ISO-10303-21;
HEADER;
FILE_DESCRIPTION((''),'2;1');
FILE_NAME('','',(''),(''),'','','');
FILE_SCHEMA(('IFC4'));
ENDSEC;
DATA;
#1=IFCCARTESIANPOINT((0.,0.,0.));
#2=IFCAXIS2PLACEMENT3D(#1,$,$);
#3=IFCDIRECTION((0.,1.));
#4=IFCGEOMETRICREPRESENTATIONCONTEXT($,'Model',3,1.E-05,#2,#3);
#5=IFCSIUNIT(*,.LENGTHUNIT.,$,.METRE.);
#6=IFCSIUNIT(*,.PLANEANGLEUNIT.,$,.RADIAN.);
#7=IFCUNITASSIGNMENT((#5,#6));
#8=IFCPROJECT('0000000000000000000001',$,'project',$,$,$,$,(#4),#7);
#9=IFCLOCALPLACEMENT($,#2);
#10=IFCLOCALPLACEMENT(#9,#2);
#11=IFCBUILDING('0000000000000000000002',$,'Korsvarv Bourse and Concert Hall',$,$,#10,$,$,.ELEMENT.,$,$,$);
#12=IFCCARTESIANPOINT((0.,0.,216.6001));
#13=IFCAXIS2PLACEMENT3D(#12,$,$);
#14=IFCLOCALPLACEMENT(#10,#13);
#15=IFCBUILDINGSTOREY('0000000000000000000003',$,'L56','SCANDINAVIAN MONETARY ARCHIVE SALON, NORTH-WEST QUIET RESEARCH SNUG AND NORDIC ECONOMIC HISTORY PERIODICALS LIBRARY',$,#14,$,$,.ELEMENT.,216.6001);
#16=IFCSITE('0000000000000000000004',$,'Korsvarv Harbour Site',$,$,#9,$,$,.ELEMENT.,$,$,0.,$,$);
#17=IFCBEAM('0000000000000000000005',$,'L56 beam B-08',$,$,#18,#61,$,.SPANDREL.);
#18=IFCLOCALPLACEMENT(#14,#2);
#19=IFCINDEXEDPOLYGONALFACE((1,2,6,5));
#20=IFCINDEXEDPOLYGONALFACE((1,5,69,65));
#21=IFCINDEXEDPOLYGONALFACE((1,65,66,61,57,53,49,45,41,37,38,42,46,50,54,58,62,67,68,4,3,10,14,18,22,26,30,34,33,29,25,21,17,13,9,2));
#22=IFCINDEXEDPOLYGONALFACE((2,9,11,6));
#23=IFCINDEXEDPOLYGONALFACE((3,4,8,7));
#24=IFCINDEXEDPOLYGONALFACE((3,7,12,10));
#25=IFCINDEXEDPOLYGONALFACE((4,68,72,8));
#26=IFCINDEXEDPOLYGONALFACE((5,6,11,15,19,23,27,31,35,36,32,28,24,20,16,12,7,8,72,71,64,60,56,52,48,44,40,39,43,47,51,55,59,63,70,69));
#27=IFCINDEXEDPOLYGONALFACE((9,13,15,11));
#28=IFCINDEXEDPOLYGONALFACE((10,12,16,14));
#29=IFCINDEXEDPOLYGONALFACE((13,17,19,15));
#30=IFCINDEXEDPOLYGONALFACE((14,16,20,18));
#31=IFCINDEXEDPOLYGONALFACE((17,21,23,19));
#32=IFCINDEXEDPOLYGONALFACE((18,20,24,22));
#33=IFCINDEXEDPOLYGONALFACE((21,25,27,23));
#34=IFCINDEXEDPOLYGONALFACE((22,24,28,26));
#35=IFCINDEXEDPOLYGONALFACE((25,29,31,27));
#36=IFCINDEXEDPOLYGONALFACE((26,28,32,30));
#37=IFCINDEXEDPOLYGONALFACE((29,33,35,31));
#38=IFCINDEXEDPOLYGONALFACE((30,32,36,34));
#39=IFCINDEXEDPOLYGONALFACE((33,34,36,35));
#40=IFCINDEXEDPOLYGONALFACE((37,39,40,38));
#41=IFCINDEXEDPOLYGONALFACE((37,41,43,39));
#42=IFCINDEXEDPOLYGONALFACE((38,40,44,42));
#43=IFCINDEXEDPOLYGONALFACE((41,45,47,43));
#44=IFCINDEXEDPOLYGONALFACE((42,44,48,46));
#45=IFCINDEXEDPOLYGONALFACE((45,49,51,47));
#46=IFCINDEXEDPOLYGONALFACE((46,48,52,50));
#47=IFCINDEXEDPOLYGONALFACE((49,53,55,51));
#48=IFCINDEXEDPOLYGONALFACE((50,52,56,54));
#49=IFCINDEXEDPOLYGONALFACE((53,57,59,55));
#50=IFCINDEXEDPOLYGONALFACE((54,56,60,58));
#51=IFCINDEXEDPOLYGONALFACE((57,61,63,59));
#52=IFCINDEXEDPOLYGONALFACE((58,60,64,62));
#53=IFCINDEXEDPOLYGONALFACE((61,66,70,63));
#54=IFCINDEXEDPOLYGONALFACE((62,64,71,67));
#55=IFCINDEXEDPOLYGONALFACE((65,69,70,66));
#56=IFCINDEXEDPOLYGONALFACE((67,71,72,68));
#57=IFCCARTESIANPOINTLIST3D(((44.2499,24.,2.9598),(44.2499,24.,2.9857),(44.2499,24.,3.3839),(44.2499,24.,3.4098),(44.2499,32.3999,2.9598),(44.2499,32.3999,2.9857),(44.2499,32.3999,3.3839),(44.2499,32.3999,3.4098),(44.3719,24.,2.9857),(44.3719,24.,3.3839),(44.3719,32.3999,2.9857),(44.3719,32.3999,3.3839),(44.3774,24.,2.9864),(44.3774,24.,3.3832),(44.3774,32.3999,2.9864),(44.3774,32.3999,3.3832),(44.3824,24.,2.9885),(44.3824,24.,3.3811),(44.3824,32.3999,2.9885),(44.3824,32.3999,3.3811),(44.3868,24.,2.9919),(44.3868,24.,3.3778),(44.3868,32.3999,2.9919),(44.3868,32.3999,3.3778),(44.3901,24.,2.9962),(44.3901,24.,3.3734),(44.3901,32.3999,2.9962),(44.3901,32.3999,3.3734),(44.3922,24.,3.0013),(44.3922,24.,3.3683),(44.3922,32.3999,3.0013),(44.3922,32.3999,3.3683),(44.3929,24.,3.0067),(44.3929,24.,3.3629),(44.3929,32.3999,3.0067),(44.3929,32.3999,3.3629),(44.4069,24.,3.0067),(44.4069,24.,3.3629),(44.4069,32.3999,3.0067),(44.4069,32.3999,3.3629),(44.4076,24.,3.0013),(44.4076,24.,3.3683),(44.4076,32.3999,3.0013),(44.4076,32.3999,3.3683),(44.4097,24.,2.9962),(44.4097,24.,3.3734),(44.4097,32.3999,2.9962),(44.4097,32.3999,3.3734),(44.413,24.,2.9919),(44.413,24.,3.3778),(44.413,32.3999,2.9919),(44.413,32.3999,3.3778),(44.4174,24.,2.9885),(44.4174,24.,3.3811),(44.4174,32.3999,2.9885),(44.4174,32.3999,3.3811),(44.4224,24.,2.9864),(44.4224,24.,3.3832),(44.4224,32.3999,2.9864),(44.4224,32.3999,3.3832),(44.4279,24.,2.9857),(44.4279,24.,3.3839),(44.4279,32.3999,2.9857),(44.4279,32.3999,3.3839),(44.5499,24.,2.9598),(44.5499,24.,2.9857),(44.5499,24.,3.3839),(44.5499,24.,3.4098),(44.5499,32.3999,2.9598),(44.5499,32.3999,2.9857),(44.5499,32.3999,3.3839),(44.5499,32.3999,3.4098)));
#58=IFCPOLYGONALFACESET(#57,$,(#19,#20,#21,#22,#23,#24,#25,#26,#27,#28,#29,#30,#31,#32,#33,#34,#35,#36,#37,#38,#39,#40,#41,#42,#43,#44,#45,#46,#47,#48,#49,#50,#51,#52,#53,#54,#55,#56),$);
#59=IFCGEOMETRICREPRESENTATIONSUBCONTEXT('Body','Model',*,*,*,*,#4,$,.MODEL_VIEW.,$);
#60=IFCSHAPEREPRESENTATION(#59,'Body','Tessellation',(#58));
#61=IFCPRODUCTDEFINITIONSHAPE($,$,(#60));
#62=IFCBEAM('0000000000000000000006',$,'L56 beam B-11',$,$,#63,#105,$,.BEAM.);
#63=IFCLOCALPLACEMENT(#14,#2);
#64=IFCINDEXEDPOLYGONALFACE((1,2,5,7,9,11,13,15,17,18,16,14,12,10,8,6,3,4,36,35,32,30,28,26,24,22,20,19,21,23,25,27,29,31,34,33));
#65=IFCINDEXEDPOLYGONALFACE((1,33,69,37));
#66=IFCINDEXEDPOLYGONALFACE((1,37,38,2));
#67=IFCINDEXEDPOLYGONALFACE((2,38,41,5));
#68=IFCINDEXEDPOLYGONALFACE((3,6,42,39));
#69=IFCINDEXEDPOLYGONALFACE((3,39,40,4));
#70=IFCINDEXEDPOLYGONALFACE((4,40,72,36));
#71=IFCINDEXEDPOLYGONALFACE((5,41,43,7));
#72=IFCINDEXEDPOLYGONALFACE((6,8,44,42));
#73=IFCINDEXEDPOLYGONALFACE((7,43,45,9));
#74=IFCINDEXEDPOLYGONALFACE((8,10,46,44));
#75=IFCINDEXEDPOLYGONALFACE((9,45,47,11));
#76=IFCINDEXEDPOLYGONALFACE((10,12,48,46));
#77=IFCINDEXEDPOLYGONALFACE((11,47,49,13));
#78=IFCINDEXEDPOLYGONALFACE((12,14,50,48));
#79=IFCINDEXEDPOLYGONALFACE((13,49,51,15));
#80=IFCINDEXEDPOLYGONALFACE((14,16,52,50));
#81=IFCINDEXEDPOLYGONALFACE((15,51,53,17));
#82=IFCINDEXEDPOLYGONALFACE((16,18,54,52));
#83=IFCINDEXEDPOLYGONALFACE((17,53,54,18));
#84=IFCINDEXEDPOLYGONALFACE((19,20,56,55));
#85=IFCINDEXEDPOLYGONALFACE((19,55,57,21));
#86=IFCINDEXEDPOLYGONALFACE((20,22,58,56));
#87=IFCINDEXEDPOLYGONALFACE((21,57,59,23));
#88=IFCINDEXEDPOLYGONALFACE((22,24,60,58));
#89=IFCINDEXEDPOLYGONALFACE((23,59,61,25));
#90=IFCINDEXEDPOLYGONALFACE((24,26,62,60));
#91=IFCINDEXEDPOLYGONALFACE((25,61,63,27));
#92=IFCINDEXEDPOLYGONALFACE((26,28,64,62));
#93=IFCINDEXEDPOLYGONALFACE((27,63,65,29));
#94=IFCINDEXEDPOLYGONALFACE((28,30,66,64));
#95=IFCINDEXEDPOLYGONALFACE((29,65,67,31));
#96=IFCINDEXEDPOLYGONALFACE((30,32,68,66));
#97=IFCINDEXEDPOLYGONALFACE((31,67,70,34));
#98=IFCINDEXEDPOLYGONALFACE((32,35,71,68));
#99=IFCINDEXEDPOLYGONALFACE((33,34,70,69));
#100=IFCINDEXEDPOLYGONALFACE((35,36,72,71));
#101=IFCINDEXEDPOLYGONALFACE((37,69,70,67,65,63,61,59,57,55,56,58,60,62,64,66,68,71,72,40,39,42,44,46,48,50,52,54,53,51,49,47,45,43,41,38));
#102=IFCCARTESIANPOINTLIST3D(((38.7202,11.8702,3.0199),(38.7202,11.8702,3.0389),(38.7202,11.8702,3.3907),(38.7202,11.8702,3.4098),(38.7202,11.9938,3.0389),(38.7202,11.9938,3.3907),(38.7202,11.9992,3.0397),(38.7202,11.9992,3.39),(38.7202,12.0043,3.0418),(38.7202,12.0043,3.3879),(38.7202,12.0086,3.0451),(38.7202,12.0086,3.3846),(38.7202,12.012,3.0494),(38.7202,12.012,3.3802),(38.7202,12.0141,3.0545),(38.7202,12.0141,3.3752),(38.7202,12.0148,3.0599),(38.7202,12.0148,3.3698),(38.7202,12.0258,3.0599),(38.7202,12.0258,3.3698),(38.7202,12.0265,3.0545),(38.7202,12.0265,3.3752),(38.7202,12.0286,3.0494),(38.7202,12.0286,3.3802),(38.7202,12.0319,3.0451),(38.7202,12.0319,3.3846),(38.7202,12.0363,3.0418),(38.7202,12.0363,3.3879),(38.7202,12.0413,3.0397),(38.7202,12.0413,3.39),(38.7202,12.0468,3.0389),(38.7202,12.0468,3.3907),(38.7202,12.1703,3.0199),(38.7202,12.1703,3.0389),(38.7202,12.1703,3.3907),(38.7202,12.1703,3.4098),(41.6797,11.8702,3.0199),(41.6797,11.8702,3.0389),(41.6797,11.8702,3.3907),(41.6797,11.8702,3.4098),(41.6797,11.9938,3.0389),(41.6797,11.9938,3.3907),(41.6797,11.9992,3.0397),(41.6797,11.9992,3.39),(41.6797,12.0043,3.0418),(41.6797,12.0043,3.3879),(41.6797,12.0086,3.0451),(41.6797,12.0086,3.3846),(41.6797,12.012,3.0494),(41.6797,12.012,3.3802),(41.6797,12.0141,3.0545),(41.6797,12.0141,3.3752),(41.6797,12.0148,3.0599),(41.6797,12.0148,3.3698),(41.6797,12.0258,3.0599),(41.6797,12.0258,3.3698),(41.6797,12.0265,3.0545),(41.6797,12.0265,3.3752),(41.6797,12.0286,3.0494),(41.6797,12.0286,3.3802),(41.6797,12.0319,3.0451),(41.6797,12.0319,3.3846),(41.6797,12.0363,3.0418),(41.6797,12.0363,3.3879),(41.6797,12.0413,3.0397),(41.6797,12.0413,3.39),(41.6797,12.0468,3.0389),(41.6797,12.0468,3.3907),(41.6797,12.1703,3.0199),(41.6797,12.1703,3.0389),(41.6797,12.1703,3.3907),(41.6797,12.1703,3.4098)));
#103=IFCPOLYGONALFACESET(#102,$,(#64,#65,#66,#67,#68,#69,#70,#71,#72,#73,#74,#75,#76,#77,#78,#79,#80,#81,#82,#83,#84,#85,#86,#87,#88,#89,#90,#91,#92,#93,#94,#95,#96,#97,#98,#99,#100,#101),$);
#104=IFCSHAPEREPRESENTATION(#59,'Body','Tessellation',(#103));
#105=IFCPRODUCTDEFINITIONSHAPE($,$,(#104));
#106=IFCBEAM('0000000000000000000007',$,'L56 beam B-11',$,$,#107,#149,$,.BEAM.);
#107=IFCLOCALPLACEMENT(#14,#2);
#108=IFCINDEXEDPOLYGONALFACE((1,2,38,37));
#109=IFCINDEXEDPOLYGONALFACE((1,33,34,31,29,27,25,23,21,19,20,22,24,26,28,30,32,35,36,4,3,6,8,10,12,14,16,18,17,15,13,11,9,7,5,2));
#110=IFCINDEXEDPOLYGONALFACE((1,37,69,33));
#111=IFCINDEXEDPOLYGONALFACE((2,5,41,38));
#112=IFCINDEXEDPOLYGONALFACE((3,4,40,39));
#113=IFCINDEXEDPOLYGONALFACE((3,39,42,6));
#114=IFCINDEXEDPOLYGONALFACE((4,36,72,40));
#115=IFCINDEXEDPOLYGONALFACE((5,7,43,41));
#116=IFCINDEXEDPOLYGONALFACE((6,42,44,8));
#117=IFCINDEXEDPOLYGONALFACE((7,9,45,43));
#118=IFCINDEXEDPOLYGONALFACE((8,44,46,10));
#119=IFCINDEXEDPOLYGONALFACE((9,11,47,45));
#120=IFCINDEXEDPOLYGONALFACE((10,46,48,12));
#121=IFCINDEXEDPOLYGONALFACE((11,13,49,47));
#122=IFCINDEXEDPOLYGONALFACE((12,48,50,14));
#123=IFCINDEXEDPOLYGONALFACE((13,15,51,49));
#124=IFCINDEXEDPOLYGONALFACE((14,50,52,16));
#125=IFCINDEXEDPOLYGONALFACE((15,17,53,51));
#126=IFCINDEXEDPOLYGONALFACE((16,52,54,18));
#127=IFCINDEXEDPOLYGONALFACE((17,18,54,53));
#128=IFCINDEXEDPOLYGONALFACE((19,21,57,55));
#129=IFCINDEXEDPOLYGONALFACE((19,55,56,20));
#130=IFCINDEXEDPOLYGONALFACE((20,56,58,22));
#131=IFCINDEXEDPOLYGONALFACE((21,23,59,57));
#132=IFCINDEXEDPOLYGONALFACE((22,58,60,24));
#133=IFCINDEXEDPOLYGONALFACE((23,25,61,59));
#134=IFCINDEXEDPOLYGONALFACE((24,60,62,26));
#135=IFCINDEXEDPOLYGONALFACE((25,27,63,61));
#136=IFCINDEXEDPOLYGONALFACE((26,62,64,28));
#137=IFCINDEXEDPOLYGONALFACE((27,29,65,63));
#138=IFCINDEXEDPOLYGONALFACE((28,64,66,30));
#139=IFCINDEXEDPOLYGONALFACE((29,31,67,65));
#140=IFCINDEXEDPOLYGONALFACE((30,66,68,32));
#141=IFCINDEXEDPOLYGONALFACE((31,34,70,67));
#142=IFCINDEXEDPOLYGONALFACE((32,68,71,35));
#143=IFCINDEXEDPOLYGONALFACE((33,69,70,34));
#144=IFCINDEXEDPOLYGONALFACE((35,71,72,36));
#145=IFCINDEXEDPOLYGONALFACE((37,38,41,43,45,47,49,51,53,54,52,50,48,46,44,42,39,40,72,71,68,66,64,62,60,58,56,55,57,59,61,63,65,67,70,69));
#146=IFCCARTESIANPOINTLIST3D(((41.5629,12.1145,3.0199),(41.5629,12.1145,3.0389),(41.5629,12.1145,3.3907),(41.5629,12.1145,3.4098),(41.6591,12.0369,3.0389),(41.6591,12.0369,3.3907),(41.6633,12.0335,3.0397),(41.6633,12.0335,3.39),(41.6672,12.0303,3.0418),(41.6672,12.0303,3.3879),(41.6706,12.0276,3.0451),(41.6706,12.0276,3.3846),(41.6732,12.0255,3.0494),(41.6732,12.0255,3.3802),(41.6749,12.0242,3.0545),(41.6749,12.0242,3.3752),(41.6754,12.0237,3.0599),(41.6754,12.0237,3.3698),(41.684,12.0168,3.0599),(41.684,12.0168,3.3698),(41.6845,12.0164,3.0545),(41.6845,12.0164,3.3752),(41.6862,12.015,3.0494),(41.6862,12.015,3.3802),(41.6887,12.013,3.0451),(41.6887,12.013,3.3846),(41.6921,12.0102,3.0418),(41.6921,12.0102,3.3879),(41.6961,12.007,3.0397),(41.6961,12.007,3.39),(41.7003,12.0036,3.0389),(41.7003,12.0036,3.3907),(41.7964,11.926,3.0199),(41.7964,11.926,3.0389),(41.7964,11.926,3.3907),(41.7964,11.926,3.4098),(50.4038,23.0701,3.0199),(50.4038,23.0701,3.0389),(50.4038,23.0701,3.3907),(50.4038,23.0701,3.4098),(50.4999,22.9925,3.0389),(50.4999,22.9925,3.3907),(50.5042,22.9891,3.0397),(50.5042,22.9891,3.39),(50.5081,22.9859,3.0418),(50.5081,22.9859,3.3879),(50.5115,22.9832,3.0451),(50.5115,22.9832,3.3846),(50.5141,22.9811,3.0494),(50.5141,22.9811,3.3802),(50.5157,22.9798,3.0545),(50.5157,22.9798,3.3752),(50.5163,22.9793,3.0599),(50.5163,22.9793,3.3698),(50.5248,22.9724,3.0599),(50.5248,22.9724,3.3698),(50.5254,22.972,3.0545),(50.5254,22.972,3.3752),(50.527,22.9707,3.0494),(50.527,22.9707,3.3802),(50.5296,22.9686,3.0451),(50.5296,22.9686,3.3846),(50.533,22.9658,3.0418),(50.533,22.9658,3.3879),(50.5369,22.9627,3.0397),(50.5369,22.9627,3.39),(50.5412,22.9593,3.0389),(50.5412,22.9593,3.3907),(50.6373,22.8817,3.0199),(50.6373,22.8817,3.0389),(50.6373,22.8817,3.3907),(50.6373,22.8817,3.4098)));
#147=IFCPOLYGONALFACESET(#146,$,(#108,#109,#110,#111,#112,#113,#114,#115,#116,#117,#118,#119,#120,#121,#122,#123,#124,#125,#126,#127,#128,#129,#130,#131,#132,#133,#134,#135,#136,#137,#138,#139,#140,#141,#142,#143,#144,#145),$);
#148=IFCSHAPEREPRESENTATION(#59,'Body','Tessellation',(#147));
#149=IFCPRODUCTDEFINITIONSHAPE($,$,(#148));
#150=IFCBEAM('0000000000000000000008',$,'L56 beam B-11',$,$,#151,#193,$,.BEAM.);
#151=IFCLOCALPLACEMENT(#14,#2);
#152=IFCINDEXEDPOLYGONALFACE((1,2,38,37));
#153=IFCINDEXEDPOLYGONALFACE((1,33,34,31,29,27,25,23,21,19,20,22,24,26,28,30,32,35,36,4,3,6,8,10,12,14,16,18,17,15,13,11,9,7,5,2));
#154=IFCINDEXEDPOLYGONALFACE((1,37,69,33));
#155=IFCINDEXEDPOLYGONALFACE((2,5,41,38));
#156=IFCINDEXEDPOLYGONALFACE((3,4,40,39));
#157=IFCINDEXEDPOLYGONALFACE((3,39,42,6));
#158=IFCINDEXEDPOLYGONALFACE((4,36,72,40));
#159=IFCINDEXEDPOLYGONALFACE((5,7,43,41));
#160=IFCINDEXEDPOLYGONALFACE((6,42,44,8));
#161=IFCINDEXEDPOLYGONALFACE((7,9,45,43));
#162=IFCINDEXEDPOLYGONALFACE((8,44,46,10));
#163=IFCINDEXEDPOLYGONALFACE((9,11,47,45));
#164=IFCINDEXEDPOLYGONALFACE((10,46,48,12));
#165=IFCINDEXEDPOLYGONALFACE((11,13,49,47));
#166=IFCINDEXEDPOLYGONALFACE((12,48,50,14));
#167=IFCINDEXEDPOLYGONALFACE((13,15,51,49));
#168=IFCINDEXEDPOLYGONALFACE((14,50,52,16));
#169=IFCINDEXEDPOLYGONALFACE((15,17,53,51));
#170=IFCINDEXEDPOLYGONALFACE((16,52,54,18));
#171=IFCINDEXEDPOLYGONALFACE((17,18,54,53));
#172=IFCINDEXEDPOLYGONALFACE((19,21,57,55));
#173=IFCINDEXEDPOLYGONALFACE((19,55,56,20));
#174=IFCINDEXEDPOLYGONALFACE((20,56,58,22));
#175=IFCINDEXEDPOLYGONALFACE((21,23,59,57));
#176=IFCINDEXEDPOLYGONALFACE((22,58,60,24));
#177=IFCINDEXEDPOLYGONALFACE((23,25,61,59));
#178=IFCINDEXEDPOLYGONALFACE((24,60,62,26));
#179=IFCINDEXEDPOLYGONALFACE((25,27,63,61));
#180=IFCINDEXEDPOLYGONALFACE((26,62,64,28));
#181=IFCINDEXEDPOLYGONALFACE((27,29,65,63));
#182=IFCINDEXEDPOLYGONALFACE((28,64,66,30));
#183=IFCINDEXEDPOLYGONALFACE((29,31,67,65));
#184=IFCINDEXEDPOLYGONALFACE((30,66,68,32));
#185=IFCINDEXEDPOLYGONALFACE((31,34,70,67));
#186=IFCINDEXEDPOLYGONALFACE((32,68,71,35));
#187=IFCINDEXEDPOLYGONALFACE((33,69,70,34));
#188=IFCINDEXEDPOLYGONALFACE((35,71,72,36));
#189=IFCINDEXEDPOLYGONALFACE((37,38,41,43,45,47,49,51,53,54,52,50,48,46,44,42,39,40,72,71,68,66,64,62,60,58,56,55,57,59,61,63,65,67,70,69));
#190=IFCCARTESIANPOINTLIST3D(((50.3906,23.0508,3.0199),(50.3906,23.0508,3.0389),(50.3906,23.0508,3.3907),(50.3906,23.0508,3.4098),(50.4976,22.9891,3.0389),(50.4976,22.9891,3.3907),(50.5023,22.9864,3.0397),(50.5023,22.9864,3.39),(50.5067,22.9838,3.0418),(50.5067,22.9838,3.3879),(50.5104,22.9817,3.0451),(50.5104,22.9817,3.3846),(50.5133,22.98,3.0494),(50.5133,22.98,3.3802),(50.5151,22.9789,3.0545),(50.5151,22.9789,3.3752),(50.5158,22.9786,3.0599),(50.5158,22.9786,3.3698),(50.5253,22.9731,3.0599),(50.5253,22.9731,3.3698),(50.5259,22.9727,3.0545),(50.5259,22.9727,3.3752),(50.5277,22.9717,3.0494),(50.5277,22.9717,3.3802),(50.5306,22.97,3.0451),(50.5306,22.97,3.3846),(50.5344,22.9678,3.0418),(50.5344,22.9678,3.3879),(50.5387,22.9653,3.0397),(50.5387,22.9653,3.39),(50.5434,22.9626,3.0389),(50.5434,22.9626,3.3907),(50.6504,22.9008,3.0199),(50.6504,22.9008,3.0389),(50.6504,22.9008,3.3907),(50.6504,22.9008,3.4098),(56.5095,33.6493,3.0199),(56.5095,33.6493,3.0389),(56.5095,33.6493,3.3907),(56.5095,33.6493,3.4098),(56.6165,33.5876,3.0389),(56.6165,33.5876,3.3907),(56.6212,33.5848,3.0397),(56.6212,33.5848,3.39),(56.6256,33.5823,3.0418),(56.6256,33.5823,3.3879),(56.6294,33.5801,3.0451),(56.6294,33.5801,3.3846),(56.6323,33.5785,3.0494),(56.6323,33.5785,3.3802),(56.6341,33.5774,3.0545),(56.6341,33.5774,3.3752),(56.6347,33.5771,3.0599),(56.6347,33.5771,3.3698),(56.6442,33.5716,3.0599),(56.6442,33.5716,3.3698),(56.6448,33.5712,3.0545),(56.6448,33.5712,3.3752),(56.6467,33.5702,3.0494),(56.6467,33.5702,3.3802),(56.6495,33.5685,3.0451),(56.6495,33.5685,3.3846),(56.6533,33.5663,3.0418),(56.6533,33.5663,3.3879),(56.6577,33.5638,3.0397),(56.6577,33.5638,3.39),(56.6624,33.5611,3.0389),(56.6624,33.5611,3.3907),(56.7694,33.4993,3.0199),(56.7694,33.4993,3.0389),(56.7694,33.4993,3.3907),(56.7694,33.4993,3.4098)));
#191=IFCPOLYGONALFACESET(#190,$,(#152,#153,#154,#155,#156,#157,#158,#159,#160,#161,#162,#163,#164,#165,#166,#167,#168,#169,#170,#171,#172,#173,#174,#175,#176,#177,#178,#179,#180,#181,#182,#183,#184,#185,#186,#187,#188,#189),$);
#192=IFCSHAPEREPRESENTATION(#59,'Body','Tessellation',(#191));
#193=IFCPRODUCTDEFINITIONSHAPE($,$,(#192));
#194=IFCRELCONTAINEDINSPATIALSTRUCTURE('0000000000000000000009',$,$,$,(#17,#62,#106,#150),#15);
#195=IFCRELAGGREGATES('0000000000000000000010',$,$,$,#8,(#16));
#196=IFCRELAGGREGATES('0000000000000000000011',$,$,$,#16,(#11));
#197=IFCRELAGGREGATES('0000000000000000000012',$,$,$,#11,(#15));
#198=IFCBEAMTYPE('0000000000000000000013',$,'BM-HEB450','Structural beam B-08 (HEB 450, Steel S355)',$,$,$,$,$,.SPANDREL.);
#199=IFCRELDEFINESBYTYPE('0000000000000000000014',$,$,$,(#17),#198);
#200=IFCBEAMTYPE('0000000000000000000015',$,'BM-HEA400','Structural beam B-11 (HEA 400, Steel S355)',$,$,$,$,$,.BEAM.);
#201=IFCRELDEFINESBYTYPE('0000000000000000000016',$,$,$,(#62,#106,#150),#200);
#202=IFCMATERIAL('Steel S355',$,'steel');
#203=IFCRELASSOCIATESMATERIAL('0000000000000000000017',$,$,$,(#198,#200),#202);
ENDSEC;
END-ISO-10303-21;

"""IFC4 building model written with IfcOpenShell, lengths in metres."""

from ifc_helpers import new_model, si_unit, direction, frame, origin, origin_2d, place, context, subcontext, project, spatial, i_section, extrude, source, transform, mapped, material, material_profile, profile_set, type_object, element, save


model = new_model("IFC4")

# Units and contexts
model_context = context("Model", 3, precision=1e-05, world=origin(), true_north=direction((0.0, 1.0)))
body_context = subcontext(model_context, "Body", "Model", "MODEL_VIEW")
ifc_project = project(units=[si_unit("LENGTHUNIT", "METRE"), si_unit("PLANEANGLEUNIT", "RADIAN")], contexts=[model_context])

# Site, building, storey
site_placement = place(None, origin())
site = spatial("IfcSite", under=ifc_project, at=site_placement, Name="Korsvarv Harbour Site", CompositionType="ELEMENT", RefElevation=0.0)
building_placement = place(site_placement, origin())
building = spatial("IfcBuilding", under=site, at=building_placement, Name="Korsvarv Bourse and Concert Hall", CompositionType="ELEMENT")
storey_placement = place(building_placement, frame((0.0, 0.0, 216.6001)))
storey = spatial("IfcBuildingStorey", under=building, at=storey_placement, Name="L56", Description="SCANDINAVIAN MONETARY ARCHIVE SALON, NORTH-WEST QUIET RESEARCH SNUG AND NORDIC ECONOMIC HISTORY PERIODICALS LIBRARY", CompositionType="ELEMENT", Elevation=216.6001)

# Shared definitions
ifc_material_1 = material(Name="Steel S355", Category="steel")

# Beams
ifc_material_profile_1 = material_profile(ifc_material_1, i_section(OverallWidth=0.3, OverallDepth=0.45, WebThickness=0.0139, FlangeThickness=0.0259, FilletRadius=0.021, at=origin_2d()), Name="HEB 450")
ifc_profile_set_1 = profile_set([ifc_material_profile_1], Name="Steel S355")
beam_type_1 = type_object("IfcBeamType", Name="BM-HEB450", Description="Structural beam B-08 (HEB 450, Steel S355)", PredefinedType="SPANDREL", material=ifc_profile_set_1)
shared_shape_1 = source(origin(), body_context, "Body", "SweptSolid", [
    extrude(i_section(OverallWidth=0.3, OverallDepth=0.45, WebThickness=0.0139, FlangeThickness=0.0259, FilletRadius=0.021, at=origin_2d()), origin(), (0.0, 0.0, 1.0), 8.3999),
])
beam_1_placement = place(storey_placement, frame((44.3999, 24.0, 3.1848), z_axis=(0.0, 1.0, 0.0), x_axis=(-1.0, 0.0, 0.0)))
element("IfcBeam", 1, at=beam_1_placement, inside=storey, type_object=beam_type_1, Name="L56 beam B-08", PredefinedType="SPANDREL", context=body_context, shape_type="MappedRepresentation", body=[
    mapped(shared_shape_1, transform((0.0, 0.0, 0.0), scale=1.0)),
])
ifc_material_profile_2 = material_profile(ifc_material_1, i_section(OverallWidth=0.3, OverallDepth=0.3899, WebThickness=0.011, FlangeThickness=0.019, FilletRadius=0.021, at=origin_2d()), Name="HEA 400")
ifc_profile_set_2 = profile_set([ifc_material_profile_2], Name="Steel S355")
beam_type_2 = type_object("IfcBeamType", Name="BM-HEA400", Description="Structural beam B-11 (HEA 400, Steel S355)", PredefinedType="BEAM", material=ifc_profile_set_2)
shared_shape_2 = source(origin(), body_context, "Body", "SweptSolid", [
    extrude(i_section(OverallWidth=0.3, OverallDepth=0.3899, WebThickness=0.011, FlangeThickness=0.019, FilletRadius=0.021, at=origin_2d()), origin(), (0.0, 0.0, 1.0), 2.9595),
])
beam_2_placement = place(storey_placement, frame((38.7202, 12.0203, 3.2148), z_axis=(1.0, 0.0, 0.0), x_axis=(0.0, 1.0, 0.0)))
element("IfcBeam", 2, at=beam_2_placement, inside=storey, type_object=beam_type_2, Name="L56 beam B-11", PredefinedType="BEAM", context=body_context, shape_type="MappedRepresentation", body=[
    mapped(shared_shape_2, transform((0.0, 0.0, 0.0), scale=1.0)),
])
shared_shape_3 = source(origin(), body_context, "Body", "SweptSolid", [
    extrude(i_section(OverallWidth=0.3, OverallDepth=0.3899, WebThickness=0.011, FlangeThickness=0.019, FilletRadius=0.021, at=origin_2d()), origin(), (0.0, 0.0, 1.0), 14.0779),
])
beam_3_placement = place(storey_placement, frame((41.6797, 12.0203, 3.2148), z_axis=(0.627997, 0.778216, 0.0), x_axis=(-0.778216, 0.627997, 0.0)))
element("IfcBeam", 3, at=beam_3_placement, inside=storey, type_object=beam_type_2, Name="L56 beam B-11", PredefinedType="BEAM", context=body_context, shape_type="MappedRepresentation", body=[
    mapped(shared_shape_3, transform((0.0, 0.0, 0.0), scale=1.0)),
])
shared_shape_4 = source(origin(), body_context, "Body", "SweptSolid", [
    extrude(i_section(OverallWidth=0.3, OverallDepth=0.3899, WebThickness=0.011, FlangeThickness=0.019, FilletRadius=0.021, at=origin_2d()), origin(), (0.0, 0.0, 1.0), 12.238),
])
beam_4_placement = place(storey_placement, frame((50.5205, 22.9758, 3.2148), z_axis=(0.499995, 0.866028, 0.0), x_axis=(-0.866028, 0.499995, 0.0)))
element("IfcBeam", 4, at=beam_4_placement, inside=storey, type_object=beam_type_2, Name="L56 beam B-11", PredefinedType="BEAM", context=body_context, shape_type="MappedRepresentation", body=[
    mapped(shared_shape_4, transform((0.0, 0.0, 0.0), scale=1.0)),
])

save(model, "model.ifc")
